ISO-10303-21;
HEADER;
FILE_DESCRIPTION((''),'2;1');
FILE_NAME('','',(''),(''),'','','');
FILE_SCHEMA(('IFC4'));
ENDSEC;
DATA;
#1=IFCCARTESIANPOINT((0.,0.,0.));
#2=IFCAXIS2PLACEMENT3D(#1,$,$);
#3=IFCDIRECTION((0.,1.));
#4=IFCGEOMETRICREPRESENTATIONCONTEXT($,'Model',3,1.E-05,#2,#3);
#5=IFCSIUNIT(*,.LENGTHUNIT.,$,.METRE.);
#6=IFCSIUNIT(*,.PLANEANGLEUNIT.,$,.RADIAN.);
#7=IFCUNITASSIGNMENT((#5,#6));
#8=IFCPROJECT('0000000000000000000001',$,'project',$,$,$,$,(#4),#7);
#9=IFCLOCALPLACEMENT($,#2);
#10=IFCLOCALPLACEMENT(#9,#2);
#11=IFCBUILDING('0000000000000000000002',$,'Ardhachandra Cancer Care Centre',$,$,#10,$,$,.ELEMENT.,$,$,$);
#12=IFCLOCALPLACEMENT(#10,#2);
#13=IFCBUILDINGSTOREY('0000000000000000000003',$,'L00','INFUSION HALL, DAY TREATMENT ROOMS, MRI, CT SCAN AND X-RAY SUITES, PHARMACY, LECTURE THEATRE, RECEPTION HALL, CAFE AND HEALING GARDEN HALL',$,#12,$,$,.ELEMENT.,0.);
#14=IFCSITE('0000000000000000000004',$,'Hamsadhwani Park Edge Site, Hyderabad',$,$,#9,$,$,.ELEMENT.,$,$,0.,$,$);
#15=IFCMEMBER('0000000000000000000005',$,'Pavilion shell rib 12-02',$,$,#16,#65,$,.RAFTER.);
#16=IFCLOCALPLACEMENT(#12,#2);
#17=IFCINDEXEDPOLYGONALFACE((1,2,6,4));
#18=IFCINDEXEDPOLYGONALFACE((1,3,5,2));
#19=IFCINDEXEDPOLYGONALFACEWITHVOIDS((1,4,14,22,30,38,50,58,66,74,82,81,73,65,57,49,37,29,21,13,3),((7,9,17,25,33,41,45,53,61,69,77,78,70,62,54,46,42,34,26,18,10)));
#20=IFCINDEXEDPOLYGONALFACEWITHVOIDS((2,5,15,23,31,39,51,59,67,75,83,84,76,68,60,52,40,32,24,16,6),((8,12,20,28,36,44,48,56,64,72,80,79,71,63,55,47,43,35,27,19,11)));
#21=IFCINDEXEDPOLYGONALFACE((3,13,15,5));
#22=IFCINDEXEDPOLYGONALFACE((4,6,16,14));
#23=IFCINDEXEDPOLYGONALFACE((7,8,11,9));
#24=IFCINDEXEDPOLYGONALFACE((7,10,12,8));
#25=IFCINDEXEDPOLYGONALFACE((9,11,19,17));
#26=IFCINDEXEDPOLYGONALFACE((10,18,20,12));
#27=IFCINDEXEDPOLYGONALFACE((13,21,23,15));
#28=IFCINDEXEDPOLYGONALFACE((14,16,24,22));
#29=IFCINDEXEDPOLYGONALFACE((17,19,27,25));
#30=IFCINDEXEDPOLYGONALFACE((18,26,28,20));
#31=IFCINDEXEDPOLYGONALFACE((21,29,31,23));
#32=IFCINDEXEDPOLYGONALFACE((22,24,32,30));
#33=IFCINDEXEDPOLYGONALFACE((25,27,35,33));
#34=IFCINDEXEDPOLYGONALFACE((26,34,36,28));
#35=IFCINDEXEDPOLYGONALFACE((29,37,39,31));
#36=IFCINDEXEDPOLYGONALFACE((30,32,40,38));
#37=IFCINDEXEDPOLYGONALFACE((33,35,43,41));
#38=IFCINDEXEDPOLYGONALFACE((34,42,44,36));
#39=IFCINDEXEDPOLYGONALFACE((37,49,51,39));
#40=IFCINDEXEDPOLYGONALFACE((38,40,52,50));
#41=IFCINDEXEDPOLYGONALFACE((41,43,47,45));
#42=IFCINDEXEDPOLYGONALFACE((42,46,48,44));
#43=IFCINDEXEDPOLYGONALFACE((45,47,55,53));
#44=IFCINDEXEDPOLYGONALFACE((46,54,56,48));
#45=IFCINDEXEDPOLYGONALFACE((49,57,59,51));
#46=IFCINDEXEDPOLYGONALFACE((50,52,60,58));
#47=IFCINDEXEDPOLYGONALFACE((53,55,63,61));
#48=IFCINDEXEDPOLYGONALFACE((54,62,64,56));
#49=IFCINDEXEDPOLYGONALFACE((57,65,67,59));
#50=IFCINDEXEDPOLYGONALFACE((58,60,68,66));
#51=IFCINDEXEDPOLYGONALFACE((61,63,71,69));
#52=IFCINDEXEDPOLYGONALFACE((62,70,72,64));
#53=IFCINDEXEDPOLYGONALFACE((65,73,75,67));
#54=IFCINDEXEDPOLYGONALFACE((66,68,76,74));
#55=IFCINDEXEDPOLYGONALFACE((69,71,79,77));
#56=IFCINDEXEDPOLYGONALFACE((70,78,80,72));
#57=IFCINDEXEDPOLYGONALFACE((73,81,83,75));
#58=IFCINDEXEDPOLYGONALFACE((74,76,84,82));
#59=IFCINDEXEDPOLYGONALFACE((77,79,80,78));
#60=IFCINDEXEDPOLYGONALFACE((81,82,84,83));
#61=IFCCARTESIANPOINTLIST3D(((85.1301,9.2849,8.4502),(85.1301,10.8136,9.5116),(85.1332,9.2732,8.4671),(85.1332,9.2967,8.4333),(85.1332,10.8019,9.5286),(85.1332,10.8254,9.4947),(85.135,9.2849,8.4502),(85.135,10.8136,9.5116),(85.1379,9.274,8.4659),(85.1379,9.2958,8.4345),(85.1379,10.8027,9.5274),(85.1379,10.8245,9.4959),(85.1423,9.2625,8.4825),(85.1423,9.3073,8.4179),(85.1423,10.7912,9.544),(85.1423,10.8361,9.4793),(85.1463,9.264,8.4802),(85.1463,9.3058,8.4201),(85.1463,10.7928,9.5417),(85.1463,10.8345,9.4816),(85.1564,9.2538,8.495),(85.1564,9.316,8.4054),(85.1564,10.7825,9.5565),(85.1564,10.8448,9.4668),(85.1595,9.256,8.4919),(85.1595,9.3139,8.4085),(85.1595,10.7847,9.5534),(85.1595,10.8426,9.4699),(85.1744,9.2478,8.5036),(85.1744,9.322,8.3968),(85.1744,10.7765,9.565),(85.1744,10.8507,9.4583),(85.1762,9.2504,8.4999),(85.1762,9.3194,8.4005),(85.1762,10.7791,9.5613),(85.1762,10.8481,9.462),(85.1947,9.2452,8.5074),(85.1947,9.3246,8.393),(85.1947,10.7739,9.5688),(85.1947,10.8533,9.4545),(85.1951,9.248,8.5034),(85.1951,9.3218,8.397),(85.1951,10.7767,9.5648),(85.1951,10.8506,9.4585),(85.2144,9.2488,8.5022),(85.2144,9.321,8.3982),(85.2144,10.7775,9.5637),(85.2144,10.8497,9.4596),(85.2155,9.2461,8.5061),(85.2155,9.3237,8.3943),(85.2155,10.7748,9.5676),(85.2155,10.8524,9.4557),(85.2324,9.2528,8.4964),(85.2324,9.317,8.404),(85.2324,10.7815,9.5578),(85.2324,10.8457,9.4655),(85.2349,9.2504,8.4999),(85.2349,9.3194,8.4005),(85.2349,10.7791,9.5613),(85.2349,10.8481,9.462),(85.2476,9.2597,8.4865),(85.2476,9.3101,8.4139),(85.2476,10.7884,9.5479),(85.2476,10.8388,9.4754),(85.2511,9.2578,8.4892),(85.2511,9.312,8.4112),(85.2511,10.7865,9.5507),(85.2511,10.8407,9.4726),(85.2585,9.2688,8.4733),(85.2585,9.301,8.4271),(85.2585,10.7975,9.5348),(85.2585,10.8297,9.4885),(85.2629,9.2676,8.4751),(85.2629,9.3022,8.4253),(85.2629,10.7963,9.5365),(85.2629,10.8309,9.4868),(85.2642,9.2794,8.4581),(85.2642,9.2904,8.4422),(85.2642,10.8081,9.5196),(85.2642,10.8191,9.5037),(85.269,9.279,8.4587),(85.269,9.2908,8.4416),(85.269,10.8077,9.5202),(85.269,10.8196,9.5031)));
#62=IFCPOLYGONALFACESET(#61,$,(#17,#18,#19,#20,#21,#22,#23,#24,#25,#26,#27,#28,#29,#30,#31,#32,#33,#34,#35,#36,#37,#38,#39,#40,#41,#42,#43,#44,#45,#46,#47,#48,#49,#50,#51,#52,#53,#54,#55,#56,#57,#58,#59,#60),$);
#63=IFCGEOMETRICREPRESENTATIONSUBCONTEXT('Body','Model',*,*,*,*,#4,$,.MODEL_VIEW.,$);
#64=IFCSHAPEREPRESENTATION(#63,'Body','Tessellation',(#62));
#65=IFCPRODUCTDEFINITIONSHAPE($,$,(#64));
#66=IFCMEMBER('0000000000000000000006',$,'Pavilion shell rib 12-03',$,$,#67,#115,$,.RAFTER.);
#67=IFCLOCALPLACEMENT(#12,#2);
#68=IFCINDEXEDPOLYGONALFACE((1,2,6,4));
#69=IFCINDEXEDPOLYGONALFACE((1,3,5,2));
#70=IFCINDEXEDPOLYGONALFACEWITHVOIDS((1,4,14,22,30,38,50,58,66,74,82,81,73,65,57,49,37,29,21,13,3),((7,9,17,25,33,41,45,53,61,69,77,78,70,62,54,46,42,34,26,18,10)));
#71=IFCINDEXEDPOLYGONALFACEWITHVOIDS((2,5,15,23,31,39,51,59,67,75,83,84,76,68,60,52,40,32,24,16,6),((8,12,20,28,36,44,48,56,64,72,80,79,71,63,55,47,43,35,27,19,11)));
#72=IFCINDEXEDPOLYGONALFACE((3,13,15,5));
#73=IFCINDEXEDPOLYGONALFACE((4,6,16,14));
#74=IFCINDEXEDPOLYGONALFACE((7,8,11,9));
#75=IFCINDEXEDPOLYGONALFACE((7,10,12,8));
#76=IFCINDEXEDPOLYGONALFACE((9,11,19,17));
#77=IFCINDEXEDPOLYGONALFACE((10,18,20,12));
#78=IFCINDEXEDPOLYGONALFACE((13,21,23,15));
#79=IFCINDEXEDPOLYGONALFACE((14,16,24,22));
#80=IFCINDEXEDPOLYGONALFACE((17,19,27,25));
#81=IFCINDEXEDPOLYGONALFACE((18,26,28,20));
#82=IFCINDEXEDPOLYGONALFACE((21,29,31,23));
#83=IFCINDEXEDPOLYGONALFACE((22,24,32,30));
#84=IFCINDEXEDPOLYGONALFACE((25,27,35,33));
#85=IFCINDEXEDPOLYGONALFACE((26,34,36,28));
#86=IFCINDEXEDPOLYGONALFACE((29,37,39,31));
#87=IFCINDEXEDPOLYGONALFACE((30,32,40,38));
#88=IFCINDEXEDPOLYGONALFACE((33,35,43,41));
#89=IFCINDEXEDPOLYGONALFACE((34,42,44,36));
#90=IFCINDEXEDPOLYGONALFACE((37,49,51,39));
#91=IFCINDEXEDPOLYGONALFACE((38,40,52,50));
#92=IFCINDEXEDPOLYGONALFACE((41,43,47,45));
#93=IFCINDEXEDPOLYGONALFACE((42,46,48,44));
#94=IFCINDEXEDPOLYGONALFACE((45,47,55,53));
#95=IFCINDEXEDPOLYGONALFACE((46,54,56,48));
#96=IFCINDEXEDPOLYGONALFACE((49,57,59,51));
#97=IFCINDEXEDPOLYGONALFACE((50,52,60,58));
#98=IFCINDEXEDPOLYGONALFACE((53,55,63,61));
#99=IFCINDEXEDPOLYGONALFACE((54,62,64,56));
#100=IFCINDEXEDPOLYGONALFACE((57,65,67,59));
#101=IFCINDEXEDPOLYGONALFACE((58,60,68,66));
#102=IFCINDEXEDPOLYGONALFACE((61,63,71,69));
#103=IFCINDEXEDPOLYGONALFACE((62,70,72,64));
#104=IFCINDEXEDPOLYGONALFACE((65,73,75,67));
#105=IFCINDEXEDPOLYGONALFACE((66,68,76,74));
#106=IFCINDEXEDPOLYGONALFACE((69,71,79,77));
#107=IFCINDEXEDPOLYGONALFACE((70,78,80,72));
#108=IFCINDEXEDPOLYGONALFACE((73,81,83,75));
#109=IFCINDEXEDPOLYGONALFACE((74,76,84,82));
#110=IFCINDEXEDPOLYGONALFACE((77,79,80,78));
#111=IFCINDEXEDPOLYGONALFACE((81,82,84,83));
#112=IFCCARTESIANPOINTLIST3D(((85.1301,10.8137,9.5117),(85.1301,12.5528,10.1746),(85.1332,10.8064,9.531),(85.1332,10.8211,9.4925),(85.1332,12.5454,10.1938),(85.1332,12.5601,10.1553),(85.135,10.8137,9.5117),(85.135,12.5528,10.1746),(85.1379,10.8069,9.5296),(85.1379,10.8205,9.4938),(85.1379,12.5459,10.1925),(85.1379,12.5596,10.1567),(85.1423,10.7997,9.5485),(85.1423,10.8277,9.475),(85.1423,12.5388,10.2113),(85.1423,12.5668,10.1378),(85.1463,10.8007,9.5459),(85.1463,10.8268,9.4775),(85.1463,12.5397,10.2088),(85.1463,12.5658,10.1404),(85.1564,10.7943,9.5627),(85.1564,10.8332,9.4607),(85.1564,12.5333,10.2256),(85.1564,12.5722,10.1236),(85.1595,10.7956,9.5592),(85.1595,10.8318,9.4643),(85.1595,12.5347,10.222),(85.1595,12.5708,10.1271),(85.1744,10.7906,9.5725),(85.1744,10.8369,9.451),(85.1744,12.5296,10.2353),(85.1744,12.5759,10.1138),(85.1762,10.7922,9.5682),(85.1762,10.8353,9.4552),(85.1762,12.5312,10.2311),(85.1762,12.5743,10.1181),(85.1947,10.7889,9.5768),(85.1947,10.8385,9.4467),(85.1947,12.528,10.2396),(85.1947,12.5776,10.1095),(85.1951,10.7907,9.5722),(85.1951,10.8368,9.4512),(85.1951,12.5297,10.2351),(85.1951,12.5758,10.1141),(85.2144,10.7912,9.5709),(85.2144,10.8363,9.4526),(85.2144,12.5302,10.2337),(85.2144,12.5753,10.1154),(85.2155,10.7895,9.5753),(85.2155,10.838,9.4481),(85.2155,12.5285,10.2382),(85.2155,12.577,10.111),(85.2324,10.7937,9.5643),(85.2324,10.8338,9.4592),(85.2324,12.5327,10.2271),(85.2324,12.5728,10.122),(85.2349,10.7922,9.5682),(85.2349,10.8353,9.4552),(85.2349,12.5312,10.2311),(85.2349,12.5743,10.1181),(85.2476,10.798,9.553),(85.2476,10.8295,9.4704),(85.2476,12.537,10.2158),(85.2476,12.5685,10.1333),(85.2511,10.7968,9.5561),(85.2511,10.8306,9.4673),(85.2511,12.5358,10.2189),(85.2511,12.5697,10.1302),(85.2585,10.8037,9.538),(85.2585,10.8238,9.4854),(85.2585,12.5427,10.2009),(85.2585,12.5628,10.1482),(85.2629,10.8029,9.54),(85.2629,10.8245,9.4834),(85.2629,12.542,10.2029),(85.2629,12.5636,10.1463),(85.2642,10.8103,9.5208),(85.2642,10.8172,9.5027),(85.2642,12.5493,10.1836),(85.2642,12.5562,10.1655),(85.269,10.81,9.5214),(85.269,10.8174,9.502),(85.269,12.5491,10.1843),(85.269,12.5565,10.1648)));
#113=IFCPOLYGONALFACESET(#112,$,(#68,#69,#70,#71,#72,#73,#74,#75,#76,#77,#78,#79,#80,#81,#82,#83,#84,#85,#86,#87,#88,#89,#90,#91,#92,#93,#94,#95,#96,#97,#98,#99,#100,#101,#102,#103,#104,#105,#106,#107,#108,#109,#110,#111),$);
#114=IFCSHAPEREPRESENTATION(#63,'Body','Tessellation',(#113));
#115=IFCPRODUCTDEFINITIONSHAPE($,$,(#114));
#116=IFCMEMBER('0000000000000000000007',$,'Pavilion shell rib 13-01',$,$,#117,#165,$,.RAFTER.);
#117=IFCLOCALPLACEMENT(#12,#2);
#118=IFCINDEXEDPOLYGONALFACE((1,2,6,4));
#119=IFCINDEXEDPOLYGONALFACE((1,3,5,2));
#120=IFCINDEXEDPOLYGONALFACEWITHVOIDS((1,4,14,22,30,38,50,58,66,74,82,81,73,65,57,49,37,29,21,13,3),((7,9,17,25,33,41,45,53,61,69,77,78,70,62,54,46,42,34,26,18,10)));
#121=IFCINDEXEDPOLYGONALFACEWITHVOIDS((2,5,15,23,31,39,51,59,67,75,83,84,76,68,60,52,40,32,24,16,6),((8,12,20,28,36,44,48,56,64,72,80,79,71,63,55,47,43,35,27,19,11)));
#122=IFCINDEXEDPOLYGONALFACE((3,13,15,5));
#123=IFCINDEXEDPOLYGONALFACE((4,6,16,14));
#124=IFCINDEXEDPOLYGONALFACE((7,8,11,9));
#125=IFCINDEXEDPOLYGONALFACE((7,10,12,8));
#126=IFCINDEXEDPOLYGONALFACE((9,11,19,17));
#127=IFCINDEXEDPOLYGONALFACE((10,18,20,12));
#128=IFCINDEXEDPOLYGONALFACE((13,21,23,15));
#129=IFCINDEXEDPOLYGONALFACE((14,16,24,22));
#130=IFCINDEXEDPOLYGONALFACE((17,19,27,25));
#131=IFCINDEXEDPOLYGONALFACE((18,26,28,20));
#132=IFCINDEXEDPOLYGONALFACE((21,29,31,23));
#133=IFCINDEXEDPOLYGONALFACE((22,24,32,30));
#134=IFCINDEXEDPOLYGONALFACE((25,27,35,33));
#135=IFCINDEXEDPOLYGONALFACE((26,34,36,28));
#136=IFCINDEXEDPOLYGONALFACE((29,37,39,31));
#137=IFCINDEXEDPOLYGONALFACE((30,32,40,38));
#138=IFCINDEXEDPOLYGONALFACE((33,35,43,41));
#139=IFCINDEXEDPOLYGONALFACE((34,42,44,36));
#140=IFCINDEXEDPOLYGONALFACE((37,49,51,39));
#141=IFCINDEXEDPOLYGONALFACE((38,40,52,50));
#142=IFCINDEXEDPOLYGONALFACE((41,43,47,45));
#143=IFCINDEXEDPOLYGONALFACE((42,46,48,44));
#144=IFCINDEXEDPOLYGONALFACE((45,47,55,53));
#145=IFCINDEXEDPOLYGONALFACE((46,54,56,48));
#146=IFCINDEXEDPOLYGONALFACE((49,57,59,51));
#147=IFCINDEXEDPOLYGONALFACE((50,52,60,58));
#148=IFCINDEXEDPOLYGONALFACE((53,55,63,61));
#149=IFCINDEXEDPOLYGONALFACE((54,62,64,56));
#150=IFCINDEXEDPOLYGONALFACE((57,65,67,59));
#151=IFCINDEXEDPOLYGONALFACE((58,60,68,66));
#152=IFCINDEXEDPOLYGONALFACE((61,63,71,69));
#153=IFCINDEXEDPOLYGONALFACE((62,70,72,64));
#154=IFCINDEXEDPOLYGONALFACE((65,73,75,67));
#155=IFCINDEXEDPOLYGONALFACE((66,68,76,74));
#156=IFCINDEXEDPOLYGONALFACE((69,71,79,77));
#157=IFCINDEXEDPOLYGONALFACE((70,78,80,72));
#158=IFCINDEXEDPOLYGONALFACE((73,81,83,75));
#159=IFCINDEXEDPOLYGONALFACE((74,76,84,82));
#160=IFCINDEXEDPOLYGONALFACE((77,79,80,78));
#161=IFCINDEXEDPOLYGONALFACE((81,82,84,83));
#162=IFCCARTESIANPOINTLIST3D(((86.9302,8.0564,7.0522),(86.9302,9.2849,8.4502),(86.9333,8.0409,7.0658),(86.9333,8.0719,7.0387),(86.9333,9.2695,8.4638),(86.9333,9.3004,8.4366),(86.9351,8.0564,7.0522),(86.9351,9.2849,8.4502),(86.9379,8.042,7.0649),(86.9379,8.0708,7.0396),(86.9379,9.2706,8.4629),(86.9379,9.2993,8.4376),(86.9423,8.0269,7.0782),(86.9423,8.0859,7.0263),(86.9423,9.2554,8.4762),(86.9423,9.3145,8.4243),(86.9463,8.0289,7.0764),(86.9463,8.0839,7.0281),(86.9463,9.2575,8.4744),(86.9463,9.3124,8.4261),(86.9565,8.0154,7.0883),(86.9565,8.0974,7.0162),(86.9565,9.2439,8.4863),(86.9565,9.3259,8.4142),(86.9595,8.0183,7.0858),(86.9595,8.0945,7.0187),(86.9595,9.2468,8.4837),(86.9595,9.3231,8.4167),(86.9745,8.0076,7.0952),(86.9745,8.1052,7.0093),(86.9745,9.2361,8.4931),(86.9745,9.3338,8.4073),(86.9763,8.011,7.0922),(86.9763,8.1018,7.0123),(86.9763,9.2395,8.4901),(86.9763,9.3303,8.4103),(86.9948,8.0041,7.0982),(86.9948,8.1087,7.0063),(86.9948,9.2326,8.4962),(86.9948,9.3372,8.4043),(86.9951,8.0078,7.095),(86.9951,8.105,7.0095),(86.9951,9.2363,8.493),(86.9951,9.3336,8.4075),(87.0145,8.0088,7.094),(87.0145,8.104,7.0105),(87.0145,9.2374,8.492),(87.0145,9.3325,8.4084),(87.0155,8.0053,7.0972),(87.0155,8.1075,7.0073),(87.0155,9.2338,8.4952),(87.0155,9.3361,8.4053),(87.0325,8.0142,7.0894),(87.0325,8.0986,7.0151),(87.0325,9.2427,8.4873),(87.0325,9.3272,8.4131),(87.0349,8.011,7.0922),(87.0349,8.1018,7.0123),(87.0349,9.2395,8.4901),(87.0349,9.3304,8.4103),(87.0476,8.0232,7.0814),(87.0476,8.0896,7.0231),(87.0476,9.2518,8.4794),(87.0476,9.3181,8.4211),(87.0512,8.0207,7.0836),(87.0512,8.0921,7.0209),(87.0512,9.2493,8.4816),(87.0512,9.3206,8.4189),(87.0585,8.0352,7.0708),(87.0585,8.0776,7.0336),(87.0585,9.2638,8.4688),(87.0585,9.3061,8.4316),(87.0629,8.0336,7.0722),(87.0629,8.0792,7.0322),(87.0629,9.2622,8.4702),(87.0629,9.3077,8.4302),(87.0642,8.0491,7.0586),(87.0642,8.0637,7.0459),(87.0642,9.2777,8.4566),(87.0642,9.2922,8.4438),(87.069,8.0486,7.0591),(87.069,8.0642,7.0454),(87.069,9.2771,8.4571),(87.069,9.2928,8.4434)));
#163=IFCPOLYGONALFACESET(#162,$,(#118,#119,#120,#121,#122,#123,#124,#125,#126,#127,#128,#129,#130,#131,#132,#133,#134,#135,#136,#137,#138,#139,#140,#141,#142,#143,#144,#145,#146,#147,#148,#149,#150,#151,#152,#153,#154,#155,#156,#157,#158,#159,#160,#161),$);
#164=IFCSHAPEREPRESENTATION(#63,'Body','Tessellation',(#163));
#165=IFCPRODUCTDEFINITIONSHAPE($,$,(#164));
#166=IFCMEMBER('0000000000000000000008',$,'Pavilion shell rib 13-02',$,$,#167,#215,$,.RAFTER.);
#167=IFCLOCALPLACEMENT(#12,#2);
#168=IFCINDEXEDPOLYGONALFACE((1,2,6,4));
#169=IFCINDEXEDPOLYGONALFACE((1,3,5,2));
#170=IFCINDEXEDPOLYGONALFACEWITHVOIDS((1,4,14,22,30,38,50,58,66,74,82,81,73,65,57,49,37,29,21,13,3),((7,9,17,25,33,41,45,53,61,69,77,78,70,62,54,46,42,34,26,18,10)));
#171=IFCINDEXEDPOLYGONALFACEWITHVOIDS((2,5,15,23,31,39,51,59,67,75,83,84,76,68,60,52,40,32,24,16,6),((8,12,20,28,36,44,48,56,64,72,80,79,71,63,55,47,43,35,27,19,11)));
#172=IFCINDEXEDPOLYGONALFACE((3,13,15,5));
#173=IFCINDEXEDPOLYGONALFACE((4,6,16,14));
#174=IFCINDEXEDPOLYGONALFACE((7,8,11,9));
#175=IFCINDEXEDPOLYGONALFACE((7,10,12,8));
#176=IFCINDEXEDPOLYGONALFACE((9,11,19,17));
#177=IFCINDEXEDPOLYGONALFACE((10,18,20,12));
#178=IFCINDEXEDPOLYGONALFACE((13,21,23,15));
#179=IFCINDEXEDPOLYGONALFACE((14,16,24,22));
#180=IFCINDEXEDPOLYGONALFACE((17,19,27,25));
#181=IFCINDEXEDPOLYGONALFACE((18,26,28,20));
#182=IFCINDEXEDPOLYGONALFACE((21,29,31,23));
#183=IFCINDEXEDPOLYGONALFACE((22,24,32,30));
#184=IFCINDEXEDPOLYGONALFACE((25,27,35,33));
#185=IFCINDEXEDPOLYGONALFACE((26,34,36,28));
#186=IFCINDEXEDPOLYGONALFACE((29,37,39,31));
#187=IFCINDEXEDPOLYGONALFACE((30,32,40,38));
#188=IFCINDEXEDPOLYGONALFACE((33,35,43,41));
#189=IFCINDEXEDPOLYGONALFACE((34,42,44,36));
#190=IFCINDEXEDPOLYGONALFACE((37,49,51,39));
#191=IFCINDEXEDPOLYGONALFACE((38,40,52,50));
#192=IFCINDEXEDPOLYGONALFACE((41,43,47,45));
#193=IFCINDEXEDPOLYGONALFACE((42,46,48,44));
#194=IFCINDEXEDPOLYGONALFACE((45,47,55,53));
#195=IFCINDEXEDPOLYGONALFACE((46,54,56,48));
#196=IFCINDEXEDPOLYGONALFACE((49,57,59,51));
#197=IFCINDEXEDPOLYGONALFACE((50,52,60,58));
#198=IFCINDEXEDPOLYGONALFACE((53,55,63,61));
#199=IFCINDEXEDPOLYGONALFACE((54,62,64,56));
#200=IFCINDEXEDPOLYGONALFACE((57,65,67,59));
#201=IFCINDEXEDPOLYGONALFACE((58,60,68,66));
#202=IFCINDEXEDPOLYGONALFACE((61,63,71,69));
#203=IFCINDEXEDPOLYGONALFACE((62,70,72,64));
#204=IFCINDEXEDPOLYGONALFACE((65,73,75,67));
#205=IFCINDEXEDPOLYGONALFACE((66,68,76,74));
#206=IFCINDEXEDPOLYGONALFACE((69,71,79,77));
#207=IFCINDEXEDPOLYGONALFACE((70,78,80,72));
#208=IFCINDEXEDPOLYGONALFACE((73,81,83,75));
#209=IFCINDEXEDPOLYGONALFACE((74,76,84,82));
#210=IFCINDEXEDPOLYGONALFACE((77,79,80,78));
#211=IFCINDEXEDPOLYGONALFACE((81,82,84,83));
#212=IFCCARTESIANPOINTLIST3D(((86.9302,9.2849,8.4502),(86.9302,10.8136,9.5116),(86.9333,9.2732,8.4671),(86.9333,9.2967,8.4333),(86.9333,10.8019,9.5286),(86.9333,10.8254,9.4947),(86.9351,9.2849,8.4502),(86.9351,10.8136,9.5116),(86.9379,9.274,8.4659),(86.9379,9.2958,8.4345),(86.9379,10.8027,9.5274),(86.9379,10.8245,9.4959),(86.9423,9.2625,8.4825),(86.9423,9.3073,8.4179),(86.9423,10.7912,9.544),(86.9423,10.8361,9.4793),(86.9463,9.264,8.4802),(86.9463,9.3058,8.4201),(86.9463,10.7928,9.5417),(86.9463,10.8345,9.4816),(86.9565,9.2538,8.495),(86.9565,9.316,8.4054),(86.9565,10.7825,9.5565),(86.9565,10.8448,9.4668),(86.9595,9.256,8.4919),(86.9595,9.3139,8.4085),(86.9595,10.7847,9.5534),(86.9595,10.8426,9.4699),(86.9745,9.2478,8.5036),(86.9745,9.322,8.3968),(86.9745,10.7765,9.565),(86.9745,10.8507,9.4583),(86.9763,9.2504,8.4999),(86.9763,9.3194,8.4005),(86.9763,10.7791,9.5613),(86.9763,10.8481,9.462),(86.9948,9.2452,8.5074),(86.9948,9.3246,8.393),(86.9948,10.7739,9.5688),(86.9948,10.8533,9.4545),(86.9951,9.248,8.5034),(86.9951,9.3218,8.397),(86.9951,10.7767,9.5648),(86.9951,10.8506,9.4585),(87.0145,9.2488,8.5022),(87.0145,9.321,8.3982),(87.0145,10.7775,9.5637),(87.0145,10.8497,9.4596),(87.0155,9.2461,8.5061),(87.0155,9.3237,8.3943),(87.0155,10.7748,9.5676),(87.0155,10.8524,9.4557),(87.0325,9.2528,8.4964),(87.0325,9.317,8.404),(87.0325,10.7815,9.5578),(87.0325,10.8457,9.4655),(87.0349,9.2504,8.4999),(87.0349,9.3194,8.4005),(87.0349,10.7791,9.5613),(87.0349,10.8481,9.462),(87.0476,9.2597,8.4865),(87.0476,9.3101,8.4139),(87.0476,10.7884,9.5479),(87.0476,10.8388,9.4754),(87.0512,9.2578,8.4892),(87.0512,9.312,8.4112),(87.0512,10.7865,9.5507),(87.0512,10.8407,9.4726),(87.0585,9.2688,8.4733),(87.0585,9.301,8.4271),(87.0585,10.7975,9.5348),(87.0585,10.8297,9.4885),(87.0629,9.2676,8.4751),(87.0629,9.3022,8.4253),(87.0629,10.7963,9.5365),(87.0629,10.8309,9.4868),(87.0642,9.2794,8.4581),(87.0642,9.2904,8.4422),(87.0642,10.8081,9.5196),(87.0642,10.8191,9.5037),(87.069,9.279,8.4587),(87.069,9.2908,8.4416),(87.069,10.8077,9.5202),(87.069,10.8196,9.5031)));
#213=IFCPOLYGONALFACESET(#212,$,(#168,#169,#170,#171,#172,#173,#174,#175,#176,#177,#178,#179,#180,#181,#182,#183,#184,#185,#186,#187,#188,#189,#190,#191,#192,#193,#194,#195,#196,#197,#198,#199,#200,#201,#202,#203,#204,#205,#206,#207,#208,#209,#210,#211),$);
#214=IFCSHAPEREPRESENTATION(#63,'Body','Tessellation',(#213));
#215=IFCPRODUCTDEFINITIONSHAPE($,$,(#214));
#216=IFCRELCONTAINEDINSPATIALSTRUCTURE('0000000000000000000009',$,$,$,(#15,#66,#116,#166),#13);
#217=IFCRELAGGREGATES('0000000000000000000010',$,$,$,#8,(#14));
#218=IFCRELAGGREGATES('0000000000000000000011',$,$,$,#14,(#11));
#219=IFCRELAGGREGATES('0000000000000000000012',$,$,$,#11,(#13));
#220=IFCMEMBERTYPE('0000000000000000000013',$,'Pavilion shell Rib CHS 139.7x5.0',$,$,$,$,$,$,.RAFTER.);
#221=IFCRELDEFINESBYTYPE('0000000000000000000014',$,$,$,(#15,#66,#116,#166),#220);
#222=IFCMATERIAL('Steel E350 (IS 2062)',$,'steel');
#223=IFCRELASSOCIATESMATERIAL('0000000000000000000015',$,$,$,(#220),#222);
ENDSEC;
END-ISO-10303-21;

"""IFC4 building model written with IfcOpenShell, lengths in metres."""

from ifc_helpers import new_model, si_unit, direction, frame, origin, origin_2d, place, context, subcontext, project, spatial, hollow_circle, extrude, material, material_profile, profile_set, type_object, element, save


model = new_model("IFC4")

# Units and contexts
model_context = context("Model", 3, precision=1e-05, world=origin(), true_north=direction((0.0, 1.0)))
body_context = subcontext(model_context, "Body", "Model", "MODEL_VIEW")
ifc_project = project(units=[si_unit("LENGTHUNIT", "METRE"), si_unit("PLANEANGLEUNIT", "RADIAN")], contexts=[model_context])

# Site, building, storey
site_placement = place(None, origin())
site = spatial("IfcSite", under=ifc_project, at=site_placement, Name="Hamsadhwani Park Edge Site, Hyderabad", CompositionType="ELEMENT", RefElevation=0.0)
building_placement = place(site_placement, origin())
building = spatial("IfcBuilding", under=site, at=building_placement, Name="Ardhachandra Cancer Care Centre", CompositionType="ELEMENT")
storey_placement = place(building_placement, origin())
storey = spatial("IfcBuildingStorey", under=building, at=storey_placement, Name="L00", Description="INFUSION HALL, DAY TREATMENT ROOMS, MRI, CT SCAN AND X-RAY SUITES, PHARMACY, LECTURE THEATRE, RECEPTION HALL, CAFE AND HEALING GARDEN HALL", CompositionType="ELEMENT", Elevation=0.0)

# Members
ifc_material_1 = material(Name="Steel E350 (IS 2062)", Category="steel")
ifc_material_profile_1 = material_profile(ifc_material_1, hollow_circle(Radius=0.0698, WallThickness=0.0049, at=origin_2d()), Name="CHS 139.7x5.0")
ifc_profile_set_1 = profile_set([ifc_material_profile_1], Name="Steel E350 (IS 2062)")
member_type_1 = type_object("IfcMemberType", Name="Pavilion shell Rib CHS 139.7x5.0", PredefinedType="RAFTER", material=ifc_profile_set_1)
for number, where, z_axis, x_axis, name in (
    (1, (85.2, 9.2849, 8.4502), (0.0, 0.821408, 0.570342), (-1.0, 0.0, 0.0), "Pavilion shell rib 12-02"),
    (2, (85.2, 10.8137, 9.5117), (0.0, 0.934423, 0.356164), (-1.0, 0.0, 0.0), "Pavilion shell rib 12-03"),
    (3, (87.0, 8.0564, 7.0522), (0.0, 0.660119, 0.751161), (-1.0, 0.0, 0.0), "Pavilion shell rib 13-01"),
    (4, (87.0, 9.2849, 8.4502), (0.0, 0.821408, 0.570342), (-1.0, 0.0, 0.0), "Pavilion shell rib 13-02"),
):
    element("IfcMember", number, at=place(storey_placement, frame(where, z_axis=z_axis, x_axis=x_axis)), inside=storey, type_object=member_type_1, Name=name, PredefinedType="RAFTER", context=body_context, shape_type="SweptSolid", body=[
        extrude(hollow_circle(Radius=0.0698, WallThickness=0.0049, at=origin_2d()), origin(), (0.0, 0.0, 1.0), 1.8611),
    ])

save(model, "model.ifc")
